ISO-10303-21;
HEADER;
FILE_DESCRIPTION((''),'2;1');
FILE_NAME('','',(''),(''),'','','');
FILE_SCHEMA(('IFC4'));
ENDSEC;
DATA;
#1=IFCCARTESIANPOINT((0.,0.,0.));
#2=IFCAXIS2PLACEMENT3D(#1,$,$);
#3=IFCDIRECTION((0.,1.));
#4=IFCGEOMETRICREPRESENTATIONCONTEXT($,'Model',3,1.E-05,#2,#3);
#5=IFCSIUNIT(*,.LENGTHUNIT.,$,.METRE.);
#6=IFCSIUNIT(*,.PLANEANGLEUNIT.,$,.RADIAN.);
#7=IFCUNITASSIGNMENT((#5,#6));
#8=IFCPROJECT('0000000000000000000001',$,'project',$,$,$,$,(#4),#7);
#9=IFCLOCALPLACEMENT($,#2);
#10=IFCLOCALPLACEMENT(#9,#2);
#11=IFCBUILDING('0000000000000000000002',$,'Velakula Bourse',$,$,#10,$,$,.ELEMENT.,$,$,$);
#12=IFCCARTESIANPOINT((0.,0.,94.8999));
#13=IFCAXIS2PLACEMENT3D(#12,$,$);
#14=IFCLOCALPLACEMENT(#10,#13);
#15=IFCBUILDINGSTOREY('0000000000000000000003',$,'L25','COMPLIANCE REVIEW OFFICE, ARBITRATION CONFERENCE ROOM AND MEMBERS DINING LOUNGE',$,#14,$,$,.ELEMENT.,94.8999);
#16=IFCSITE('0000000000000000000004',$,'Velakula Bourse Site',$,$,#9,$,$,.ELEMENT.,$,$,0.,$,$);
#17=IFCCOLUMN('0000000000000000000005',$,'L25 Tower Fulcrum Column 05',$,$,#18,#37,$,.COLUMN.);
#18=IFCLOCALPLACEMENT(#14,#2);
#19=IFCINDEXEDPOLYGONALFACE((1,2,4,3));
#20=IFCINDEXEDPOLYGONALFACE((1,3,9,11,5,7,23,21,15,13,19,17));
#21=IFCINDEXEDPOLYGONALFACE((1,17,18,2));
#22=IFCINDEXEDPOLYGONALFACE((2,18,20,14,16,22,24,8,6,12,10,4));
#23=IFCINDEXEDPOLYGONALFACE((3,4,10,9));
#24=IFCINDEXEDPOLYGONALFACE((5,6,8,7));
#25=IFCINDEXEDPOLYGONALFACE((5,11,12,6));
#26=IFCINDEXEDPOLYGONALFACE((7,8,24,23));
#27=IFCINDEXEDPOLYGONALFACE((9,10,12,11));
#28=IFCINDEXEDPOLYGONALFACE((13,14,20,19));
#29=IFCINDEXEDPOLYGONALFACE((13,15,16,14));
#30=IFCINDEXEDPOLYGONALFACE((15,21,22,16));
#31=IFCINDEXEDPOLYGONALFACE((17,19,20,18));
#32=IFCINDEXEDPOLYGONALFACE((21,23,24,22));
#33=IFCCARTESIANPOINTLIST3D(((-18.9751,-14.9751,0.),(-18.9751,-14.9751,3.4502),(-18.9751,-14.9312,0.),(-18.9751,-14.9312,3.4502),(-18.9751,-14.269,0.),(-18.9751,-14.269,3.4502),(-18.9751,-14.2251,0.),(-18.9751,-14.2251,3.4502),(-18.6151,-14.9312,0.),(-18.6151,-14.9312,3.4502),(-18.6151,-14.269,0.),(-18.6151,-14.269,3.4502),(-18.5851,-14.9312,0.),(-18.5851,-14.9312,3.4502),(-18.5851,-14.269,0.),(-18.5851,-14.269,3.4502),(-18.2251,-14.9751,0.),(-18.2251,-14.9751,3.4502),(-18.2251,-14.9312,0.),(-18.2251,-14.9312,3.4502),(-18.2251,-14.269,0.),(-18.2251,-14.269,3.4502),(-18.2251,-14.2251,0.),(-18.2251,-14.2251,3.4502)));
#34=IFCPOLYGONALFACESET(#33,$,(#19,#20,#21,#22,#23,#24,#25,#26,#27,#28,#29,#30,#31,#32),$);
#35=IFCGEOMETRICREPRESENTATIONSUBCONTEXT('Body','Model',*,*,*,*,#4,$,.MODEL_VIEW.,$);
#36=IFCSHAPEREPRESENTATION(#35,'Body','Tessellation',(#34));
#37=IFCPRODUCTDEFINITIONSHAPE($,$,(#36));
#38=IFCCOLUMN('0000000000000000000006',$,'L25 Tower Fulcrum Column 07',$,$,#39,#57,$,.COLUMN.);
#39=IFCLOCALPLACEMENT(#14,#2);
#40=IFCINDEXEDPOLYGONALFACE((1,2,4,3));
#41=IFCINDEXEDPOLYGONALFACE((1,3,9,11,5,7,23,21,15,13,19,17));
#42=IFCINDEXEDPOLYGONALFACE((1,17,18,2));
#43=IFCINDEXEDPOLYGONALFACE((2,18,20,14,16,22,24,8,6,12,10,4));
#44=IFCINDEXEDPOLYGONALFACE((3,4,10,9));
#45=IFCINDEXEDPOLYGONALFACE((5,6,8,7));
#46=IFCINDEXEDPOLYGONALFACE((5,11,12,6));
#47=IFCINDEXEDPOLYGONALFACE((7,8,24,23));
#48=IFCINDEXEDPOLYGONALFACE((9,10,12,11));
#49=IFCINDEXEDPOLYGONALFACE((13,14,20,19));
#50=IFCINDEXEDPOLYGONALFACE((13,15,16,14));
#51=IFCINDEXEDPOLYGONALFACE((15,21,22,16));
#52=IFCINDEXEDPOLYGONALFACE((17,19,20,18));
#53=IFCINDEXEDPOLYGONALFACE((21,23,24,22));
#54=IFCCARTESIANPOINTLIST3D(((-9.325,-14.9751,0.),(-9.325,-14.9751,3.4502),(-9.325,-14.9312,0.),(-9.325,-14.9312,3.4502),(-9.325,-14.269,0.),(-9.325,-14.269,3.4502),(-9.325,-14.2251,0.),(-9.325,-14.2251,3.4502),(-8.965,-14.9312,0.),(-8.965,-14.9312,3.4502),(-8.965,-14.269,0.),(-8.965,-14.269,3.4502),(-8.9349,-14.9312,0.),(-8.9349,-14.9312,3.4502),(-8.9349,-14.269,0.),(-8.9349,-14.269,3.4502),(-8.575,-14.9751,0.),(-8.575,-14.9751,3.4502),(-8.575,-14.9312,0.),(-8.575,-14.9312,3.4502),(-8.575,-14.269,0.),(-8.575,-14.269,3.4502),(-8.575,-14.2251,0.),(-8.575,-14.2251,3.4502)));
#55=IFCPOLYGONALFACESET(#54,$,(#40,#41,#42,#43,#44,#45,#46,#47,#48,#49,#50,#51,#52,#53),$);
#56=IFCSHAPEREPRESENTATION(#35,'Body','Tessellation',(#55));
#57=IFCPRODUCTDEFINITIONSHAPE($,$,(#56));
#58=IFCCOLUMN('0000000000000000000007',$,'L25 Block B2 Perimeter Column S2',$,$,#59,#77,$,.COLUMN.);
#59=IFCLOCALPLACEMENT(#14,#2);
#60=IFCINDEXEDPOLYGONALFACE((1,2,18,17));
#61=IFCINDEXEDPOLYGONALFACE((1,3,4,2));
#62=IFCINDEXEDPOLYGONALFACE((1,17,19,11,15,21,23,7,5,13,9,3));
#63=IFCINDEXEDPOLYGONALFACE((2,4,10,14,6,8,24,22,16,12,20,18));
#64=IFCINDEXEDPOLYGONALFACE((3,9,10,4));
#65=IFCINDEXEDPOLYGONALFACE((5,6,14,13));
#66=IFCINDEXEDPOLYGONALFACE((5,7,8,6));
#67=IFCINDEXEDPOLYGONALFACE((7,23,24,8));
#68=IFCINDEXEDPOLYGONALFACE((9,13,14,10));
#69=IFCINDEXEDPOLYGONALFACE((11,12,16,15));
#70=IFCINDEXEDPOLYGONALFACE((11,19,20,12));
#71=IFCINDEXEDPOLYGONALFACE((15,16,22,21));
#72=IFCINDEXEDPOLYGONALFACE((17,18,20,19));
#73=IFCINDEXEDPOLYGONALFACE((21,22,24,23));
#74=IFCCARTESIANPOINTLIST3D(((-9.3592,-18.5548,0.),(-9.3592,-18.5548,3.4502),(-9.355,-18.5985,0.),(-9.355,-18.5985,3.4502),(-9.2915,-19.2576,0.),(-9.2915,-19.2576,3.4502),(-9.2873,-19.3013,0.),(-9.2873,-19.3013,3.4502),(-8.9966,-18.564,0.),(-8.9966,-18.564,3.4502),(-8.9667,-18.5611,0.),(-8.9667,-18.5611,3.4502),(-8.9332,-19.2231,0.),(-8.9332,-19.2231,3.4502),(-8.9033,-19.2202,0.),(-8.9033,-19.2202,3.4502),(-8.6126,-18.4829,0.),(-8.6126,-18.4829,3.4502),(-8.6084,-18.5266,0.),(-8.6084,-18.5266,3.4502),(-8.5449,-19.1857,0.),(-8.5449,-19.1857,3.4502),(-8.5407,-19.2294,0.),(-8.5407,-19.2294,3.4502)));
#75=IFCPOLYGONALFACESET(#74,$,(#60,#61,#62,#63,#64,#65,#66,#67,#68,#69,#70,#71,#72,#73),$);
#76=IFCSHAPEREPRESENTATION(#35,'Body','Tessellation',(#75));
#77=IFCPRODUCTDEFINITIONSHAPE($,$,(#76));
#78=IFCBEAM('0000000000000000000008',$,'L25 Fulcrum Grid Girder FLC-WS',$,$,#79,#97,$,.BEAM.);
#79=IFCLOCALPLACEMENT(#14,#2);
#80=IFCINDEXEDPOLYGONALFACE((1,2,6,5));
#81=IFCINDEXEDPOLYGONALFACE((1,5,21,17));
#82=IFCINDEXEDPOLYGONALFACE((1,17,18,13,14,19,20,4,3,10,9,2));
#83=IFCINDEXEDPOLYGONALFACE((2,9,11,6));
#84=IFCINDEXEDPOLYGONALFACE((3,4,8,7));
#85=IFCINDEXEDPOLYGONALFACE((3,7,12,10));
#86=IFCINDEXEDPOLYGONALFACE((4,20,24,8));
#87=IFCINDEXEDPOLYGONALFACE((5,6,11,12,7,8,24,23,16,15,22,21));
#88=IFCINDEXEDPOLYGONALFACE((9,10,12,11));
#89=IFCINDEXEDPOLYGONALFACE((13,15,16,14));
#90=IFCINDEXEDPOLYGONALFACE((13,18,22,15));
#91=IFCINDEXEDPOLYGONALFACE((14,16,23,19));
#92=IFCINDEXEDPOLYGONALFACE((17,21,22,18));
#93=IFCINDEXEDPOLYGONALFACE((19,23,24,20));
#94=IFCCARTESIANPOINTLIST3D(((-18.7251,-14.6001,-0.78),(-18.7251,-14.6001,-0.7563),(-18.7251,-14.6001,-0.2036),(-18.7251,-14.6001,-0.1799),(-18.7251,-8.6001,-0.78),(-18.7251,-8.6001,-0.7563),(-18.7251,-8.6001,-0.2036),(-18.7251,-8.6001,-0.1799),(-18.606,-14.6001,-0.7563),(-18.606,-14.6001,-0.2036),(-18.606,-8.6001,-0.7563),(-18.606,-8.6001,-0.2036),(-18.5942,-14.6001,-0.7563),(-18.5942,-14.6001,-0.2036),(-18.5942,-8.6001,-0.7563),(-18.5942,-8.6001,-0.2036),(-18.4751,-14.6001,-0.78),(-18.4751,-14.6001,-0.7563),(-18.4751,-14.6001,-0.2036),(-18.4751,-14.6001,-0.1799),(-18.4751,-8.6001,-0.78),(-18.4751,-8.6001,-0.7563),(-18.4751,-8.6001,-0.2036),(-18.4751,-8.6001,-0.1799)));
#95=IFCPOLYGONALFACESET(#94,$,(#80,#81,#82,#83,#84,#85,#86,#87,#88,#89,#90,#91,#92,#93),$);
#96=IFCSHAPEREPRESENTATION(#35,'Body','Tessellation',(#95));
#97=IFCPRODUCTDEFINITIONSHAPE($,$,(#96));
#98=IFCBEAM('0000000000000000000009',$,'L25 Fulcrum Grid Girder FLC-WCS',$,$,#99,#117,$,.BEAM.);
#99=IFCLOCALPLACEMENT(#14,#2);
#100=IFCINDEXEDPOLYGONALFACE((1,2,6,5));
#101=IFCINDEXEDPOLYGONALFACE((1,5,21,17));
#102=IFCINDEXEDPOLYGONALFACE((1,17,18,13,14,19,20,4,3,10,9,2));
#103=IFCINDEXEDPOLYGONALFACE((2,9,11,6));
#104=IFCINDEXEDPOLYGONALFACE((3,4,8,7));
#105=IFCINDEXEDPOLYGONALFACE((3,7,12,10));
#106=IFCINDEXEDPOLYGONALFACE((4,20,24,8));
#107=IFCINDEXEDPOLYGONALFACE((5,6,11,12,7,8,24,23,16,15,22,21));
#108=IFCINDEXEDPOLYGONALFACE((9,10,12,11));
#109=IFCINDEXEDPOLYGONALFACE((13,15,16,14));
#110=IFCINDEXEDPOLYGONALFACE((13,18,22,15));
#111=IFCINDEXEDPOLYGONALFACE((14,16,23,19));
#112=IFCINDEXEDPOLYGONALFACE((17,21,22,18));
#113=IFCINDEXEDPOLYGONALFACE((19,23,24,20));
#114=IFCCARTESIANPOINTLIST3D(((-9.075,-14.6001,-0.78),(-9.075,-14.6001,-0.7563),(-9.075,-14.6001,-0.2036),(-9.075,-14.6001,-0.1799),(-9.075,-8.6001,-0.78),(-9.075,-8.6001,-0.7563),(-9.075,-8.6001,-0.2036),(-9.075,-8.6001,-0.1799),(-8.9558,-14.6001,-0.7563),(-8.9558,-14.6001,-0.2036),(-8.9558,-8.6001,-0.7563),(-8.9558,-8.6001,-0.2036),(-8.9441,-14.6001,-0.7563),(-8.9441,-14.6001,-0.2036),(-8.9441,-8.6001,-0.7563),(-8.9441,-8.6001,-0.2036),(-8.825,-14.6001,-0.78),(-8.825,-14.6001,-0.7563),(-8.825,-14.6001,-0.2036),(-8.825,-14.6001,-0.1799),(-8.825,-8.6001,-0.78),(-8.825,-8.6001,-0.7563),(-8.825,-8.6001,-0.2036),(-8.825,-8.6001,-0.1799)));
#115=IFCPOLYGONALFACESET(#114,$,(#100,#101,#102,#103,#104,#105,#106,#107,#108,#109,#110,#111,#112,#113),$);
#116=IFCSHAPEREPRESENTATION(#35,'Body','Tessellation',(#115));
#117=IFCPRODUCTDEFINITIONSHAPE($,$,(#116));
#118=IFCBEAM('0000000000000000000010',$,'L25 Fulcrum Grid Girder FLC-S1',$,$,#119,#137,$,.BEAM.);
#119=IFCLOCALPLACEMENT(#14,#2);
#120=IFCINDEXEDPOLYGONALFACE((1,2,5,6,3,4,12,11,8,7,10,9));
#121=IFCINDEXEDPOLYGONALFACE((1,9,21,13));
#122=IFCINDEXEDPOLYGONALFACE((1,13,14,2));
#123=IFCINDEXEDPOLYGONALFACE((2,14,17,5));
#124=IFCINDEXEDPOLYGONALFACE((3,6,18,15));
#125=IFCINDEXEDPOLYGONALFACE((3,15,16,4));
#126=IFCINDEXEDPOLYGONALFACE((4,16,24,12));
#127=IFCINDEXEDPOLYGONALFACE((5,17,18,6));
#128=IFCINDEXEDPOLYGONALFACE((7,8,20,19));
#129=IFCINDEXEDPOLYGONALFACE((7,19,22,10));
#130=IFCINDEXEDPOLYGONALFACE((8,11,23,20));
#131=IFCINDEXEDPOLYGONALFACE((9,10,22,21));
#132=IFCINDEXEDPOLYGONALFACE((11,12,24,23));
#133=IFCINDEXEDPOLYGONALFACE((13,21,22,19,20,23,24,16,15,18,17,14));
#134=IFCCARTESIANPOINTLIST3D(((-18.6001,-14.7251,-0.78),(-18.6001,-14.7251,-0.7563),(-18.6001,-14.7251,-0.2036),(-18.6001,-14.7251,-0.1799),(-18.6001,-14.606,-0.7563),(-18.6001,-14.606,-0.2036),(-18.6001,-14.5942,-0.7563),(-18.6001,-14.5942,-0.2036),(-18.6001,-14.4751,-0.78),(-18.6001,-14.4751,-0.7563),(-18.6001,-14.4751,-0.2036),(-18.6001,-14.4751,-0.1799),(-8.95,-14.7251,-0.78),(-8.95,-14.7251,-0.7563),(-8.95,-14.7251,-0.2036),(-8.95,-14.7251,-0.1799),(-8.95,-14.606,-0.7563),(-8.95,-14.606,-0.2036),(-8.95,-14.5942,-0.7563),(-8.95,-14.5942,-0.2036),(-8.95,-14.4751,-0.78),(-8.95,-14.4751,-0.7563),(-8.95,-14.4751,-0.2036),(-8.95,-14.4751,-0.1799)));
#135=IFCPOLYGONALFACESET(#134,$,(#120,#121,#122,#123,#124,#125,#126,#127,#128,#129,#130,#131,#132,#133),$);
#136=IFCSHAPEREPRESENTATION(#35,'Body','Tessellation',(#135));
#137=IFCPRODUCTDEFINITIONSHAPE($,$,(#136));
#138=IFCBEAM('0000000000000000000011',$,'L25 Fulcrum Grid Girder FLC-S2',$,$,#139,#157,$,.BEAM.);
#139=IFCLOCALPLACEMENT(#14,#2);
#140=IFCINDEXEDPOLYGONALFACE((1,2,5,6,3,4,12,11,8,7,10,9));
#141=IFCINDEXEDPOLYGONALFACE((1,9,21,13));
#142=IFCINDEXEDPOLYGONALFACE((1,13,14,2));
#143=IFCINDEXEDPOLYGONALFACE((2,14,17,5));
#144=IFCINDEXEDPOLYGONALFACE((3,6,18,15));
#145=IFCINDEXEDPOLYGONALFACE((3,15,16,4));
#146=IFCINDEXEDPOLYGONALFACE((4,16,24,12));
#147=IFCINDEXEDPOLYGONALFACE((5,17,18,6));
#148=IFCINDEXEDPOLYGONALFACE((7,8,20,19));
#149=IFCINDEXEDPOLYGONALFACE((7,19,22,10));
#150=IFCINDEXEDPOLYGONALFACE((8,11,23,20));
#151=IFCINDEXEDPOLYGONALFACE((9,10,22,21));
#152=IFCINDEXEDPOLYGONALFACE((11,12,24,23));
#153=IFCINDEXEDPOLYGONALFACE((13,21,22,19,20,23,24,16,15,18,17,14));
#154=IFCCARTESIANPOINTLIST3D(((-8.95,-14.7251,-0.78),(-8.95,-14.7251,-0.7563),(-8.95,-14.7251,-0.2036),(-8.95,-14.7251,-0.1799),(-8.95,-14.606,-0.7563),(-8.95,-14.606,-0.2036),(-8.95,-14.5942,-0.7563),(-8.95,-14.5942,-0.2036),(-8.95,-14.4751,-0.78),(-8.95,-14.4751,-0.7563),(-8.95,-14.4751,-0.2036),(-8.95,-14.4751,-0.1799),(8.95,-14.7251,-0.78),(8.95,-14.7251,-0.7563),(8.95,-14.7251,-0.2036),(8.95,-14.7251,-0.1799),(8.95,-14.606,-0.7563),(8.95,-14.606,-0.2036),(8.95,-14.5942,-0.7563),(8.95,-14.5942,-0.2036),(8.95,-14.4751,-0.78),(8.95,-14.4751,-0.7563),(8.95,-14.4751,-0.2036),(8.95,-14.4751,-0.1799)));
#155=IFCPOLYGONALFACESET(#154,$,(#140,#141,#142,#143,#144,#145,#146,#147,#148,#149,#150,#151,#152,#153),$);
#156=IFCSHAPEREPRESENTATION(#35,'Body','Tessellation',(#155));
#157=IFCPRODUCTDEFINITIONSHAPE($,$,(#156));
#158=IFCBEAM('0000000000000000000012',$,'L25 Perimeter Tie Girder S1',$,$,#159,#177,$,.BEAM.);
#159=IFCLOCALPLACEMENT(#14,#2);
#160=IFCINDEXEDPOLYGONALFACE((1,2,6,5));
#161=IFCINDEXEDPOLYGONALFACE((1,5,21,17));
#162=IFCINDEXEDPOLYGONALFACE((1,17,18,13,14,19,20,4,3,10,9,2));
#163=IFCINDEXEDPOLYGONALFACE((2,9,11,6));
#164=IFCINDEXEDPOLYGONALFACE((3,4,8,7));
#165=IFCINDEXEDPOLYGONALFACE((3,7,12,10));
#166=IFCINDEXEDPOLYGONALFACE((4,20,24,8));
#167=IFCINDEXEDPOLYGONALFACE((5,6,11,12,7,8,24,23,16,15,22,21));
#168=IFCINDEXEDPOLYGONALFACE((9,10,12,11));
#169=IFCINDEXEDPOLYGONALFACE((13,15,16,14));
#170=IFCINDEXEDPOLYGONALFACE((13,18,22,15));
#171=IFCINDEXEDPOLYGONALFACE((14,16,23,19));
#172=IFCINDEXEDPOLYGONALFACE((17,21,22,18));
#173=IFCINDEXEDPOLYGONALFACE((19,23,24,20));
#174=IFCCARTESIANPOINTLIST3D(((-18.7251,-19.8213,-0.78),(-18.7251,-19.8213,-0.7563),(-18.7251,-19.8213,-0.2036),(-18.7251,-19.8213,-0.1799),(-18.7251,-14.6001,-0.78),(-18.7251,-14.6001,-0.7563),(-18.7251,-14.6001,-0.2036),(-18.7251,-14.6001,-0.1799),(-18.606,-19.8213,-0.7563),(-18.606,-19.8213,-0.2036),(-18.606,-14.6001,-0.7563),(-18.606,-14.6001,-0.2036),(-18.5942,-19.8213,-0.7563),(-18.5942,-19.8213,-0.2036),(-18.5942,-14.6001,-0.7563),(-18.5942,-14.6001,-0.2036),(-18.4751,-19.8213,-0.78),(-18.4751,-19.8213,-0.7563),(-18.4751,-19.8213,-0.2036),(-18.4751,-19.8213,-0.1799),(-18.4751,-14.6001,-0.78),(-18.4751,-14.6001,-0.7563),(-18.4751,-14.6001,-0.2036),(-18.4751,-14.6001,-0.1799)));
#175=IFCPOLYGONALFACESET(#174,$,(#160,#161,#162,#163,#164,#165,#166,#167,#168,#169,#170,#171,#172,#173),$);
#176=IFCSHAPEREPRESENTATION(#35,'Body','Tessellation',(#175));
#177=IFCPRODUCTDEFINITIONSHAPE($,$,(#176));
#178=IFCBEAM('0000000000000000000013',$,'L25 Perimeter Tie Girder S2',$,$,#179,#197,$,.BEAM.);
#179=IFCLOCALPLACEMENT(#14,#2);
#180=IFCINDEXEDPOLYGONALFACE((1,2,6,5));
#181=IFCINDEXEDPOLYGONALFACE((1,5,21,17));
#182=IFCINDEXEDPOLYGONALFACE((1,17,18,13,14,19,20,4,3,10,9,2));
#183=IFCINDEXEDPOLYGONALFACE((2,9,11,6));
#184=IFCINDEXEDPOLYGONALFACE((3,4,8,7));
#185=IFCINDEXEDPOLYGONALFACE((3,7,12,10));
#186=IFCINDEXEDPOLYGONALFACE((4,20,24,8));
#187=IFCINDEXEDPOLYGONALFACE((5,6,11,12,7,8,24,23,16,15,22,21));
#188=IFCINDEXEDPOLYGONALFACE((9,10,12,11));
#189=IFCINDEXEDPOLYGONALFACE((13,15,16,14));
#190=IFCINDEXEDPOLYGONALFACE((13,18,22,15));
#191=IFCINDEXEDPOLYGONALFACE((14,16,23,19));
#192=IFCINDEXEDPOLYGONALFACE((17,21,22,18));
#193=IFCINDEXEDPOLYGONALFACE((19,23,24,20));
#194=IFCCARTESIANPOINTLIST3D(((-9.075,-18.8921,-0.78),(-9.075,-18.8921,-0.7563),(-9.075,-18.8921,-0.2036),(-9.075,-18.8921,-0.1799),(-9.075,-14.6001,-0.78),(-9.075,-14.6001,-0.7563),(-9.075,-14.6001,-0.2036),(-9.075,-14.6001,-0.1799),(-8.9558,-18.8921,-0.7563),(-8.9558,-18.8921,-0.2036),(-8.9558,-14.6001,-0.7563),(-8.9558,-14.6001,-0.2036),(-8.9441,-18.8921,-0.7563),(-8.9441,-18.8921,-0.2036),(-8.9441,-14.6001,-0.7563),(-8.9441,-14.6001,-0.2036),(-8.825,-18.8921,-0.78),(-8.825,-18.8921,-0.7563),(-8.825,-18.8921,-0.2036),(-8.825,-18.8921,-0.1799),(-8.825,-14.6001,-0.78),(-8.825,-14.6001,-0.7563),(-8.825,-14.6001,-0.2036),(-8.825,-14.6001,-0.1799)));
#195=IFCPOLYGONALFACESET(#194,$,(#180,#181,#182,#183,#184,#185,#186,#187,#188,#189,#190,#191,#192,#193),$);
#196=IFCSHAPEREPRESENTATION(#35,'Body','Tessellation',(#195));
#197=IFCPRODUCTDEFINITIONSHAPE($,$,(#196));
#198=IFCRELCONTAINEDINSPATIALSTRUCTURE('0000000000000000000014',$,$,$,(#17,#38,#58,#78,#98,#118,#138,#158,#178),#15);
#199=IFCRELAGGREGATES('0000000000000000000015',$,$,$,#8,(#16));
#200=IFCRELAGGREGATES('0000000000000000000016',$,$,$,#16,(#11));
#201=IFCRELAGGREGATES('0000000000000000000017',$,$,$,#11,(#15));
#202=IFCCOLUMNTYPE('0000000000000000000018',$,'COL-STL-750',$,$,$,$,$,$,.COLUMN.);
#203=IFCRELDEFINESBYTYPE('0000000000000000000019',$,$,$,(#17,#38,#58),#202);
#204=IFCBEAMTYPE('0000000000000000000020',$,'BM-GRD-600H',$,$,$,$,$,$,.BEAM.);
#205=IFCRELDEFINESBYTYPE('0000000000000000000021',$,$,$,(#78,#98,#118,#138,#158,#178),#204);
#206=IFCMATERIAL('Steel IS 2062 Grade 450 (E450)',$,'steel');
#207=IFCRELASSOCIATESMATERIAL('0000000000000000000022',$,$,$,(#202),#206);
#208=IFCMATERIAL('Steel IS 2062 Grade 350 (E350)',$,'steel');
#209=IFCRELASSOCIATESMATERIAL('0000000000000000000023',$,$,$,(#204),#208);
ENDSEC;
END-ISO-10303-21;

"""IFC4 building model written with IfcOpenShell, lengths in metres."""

from ifc_helpers import new_model, si_unit, direction, frame, origin, origin_2d, place, context, subcontext, project, spatial, i_section, extrude, material, material_profile, profile_set, type_object, element, save


model = new_model("IFC4")

# Units and contexts
model_context = context("Model", 3, precision=1e-05, world=origin(), true_north=direction((0.0, 1.0)))
body_context = subcontext(model_context, "Body", "Model", "MODEL_VIEW")
ifc_project = project(units=[si_unit("LENGTHUNIT", "METRE"), si_unit("PLANEANGLEUNIT", "RADIAN")], contexts=[model_context])

# Site, building, storey
site_placement = place(None, origin())
site = spatial("IfcSite", under=ifc_project, at=site_placement, Name="Velakula Bourse Site", CompositionType="ELEMENT", RefElevation=0.0)
building_placement = place(site_placement, origin())
building = spatial("IfcBuilding", under=site, at=building_placement, Name="Velakula Bourse", CompositionType="ELEMENT")
storey_placement = place(building_placement, frame((0.0, 0.0, 94.8999)))
storey = spatial("IfcBuildingStorey", under=building, at=storey_placement, Name="L25", Description="COMPLIANCE REVIEW OFFICE, ARBITRATION CONFERENCE ROOM AND MEMBERS DINING LOUNGE", CompositionType="ELEMENT", Elevation=94.8999)

# Columns
ifc_material_1 = material(Name="Steel IS 2062 Grade 450 (E450)", Category="steel")
ifc_material_profile_1 = material_profile(ifc_material_1, i_section(OverallWidth=0.75, OverallDepth=0.75, WebThickness=0.03, FlangeThickness=0.0439, at=origin_2d()), Name="Steel IS 2062 Grade 450 (E450)")
ifc_profile_set_1 = profile_set([ifc_material_profile_1], Name="Steel IS 2062 Grade 450 (E450)")
column_type = type_object("IfcColumnType", Name="COL-STL-750", PredefinedType="COLUMN", material=ifc_profile_set_1)
for number, where, z_axis, x_axis, name in (
    (1, (-18.6001, -14.6001, 0.0), (0.0, 0.0, 1.0), (1.0, 0.0, 0.0), "L25 Tower Fulcrum Column 05"),
    (2, (-8.95, -14.6001, 0.0), (0.0, 0.0, 1.0), (1.0, 0.0, 0.0), "L25 Tower Fulcrum Column 07"),
    (3, (-8.95, -18.8921, 0.0), (0.0, 0.0, 1.0), (0.995396, 0.095846, 0.0), "L25 Block B2 Perimeter Column S2"),
):
    element("IfcColumn", number, at=place(storey_placement, frame(where, z_axis=z_axis, x_axis=x_axis)), inside=storey, type_object=column_type, Name=name, PredefinedType="COLUMN", context=body_context, shape_type="SweptSolid", body=[
        extrude(i_section(OverallWidth=0.75, OverallDepth=0.75, WebThickness=0.03, FlangeThickness=0.0439, at=origin_2d()), origin(), (0.0, 0.0, 1.0), 3.4502),
    ])

# Beams
ifc_material_2 = material(Name="Steel IS 2062 Grade 350 (E350)", Category="steel")
ifc_material_profile_2 = material_profile(ifc_material_2, i_section(OverallWidth=0.25, OverallDepth=0.6001, WebThickness=0.0117, FlangeThickness=0.0237, at=origin_2d()), Name="Steel IS 2062 Grade 350 (E350)")
ifc_profile_set_2 = profile_set([ifc_material_profile_2], Name="Steel IS 2062 Grade 350 (E350)")
beam_type_1 = type_object("IfcBeamType", Name="BM-GRD-600H", PredefinedType="BEAM", material=ifc_profile_set_2)
for number, where, z_axis, x_axis, name in (
    (4, (-18.6001, -14.6001, -0.48), (0.0, 1.0, 0.0), (-1.0, 0.0, 0.0), "L25 Fulcrum Grid Girder FLC-WS"),
    (5, (-8.95, -14.6001, -0.48), (0.0, 1.0, 0.0), (-1.0, 0.0, 0.0), "L25 Fulcrum Grid Girder FLC-WCS"),
):
    element("IfcBeam", number, at=place(storey_placement, frame(where, z_axis=z_axis, x_axis=x_axis)), inside=storey, type_object=beam_type_1, Name=name, PredefinedType="BEAM", context=body_context, shape_type="SweptSolid", body=[
        extrude(i_section(OverallWidth=0.25, OverallDepth=0.6001, WebThickness=0.0117, FlangeThickness=0.0237, at=origin_2d()), origin(), (0.0, 0.0, 1.0), 6.0),
    ])
beam_1_placement = place(storey_placement, frame((-18.6001, -14.6001, -0.48), z_axis=(1.0, 0.0, 0.0), x_axis=(0.0, 1.0, 0.0)))
element("IfcBeam", 6, at=beam_1_placement, inside=storey, type_object=beam_type_1, Name="L25 Fulcrum Grid Girder FLC-S1", PredefinedType="BEAM", context=body_context, shape_type="SweptSolid", body=[
    extrude(i_section(OverallWidth=0.25, OverallDepth=0.6001, WebThickness=0.0117, FlangeThickness=0.0237, at=origin_2d()), origin(), (0.0, 0.0, 1.0), 9.6501),
])
beam_2_placement = place(storey_placement, frame((-8.95, -14.6001, -0.48), z_axis=(1.0, 0.0, 0.0), x_axis=(0.0, 1.0, 0.0)))
element("IfcBeam", 7, at=beam_2_placement, inside=storey, type_object=beam_type_1, Name="L25 Fulcrum Grid Girder FLC-S2", PredefinedType="BEAM", context=body_context, shape_type="SweptSolid", body=[
    extrude(i_section(OverallWidth=0.25, OverallDepth=0.6001, WebThickness=0.0117, FlangeThickness=0.0237, at=origin_2d()), origin(), (0.0, 0.0, 1.0), 17.8999),
])
beam_3_placement = place(storey_placement, frame((-18.6001, -14.6001, -0.48), z_axis=(0.0, -1.0, 0.0), x_axis=(1.0, 0.0, 0.0)))
element("IfcBeam", 8, at=beam_3_placement, inside=storey, type_object=beam_type_1, Name="L25 Perimeter Tie Girder S1", PredefinedType="BEAM", context=body_context, shape_type="SweptSolid", body=[
    extrude(i_section(OverallWidth=0.25, OverallDepth=0.6001, WebThickness=0.0117, FlangeThickness=0.0237, at=origin_2d()), origin(), (0.0, 0.0, 1.0), 5.2212),
])
beam_4_placement = place(storey_placement, frame((-8.95, -14.6001, -0.48), z_axis=(0.0, -1.0, 0.0), x_axis=(1.0, 0.0, 0.0)))
element("IfcBeam", 9, at=beam_4_placement, inside=storey, type_object=beam_type_1, Name="L25 Perimeter Tie Girder S2", PredefinedType="BEAM", context=body_context, shape_type="SweptSolid", body=[
    extrude(i_section(OverallWidth=0.25, OverallDepth=0.6001, WebThickness=0.0117, FlangeThickness=0.0237, at=origin_2d()), origin(), (0.0, 0.0, 1.0), 4.292),
])

save(model, "model.ifc")
